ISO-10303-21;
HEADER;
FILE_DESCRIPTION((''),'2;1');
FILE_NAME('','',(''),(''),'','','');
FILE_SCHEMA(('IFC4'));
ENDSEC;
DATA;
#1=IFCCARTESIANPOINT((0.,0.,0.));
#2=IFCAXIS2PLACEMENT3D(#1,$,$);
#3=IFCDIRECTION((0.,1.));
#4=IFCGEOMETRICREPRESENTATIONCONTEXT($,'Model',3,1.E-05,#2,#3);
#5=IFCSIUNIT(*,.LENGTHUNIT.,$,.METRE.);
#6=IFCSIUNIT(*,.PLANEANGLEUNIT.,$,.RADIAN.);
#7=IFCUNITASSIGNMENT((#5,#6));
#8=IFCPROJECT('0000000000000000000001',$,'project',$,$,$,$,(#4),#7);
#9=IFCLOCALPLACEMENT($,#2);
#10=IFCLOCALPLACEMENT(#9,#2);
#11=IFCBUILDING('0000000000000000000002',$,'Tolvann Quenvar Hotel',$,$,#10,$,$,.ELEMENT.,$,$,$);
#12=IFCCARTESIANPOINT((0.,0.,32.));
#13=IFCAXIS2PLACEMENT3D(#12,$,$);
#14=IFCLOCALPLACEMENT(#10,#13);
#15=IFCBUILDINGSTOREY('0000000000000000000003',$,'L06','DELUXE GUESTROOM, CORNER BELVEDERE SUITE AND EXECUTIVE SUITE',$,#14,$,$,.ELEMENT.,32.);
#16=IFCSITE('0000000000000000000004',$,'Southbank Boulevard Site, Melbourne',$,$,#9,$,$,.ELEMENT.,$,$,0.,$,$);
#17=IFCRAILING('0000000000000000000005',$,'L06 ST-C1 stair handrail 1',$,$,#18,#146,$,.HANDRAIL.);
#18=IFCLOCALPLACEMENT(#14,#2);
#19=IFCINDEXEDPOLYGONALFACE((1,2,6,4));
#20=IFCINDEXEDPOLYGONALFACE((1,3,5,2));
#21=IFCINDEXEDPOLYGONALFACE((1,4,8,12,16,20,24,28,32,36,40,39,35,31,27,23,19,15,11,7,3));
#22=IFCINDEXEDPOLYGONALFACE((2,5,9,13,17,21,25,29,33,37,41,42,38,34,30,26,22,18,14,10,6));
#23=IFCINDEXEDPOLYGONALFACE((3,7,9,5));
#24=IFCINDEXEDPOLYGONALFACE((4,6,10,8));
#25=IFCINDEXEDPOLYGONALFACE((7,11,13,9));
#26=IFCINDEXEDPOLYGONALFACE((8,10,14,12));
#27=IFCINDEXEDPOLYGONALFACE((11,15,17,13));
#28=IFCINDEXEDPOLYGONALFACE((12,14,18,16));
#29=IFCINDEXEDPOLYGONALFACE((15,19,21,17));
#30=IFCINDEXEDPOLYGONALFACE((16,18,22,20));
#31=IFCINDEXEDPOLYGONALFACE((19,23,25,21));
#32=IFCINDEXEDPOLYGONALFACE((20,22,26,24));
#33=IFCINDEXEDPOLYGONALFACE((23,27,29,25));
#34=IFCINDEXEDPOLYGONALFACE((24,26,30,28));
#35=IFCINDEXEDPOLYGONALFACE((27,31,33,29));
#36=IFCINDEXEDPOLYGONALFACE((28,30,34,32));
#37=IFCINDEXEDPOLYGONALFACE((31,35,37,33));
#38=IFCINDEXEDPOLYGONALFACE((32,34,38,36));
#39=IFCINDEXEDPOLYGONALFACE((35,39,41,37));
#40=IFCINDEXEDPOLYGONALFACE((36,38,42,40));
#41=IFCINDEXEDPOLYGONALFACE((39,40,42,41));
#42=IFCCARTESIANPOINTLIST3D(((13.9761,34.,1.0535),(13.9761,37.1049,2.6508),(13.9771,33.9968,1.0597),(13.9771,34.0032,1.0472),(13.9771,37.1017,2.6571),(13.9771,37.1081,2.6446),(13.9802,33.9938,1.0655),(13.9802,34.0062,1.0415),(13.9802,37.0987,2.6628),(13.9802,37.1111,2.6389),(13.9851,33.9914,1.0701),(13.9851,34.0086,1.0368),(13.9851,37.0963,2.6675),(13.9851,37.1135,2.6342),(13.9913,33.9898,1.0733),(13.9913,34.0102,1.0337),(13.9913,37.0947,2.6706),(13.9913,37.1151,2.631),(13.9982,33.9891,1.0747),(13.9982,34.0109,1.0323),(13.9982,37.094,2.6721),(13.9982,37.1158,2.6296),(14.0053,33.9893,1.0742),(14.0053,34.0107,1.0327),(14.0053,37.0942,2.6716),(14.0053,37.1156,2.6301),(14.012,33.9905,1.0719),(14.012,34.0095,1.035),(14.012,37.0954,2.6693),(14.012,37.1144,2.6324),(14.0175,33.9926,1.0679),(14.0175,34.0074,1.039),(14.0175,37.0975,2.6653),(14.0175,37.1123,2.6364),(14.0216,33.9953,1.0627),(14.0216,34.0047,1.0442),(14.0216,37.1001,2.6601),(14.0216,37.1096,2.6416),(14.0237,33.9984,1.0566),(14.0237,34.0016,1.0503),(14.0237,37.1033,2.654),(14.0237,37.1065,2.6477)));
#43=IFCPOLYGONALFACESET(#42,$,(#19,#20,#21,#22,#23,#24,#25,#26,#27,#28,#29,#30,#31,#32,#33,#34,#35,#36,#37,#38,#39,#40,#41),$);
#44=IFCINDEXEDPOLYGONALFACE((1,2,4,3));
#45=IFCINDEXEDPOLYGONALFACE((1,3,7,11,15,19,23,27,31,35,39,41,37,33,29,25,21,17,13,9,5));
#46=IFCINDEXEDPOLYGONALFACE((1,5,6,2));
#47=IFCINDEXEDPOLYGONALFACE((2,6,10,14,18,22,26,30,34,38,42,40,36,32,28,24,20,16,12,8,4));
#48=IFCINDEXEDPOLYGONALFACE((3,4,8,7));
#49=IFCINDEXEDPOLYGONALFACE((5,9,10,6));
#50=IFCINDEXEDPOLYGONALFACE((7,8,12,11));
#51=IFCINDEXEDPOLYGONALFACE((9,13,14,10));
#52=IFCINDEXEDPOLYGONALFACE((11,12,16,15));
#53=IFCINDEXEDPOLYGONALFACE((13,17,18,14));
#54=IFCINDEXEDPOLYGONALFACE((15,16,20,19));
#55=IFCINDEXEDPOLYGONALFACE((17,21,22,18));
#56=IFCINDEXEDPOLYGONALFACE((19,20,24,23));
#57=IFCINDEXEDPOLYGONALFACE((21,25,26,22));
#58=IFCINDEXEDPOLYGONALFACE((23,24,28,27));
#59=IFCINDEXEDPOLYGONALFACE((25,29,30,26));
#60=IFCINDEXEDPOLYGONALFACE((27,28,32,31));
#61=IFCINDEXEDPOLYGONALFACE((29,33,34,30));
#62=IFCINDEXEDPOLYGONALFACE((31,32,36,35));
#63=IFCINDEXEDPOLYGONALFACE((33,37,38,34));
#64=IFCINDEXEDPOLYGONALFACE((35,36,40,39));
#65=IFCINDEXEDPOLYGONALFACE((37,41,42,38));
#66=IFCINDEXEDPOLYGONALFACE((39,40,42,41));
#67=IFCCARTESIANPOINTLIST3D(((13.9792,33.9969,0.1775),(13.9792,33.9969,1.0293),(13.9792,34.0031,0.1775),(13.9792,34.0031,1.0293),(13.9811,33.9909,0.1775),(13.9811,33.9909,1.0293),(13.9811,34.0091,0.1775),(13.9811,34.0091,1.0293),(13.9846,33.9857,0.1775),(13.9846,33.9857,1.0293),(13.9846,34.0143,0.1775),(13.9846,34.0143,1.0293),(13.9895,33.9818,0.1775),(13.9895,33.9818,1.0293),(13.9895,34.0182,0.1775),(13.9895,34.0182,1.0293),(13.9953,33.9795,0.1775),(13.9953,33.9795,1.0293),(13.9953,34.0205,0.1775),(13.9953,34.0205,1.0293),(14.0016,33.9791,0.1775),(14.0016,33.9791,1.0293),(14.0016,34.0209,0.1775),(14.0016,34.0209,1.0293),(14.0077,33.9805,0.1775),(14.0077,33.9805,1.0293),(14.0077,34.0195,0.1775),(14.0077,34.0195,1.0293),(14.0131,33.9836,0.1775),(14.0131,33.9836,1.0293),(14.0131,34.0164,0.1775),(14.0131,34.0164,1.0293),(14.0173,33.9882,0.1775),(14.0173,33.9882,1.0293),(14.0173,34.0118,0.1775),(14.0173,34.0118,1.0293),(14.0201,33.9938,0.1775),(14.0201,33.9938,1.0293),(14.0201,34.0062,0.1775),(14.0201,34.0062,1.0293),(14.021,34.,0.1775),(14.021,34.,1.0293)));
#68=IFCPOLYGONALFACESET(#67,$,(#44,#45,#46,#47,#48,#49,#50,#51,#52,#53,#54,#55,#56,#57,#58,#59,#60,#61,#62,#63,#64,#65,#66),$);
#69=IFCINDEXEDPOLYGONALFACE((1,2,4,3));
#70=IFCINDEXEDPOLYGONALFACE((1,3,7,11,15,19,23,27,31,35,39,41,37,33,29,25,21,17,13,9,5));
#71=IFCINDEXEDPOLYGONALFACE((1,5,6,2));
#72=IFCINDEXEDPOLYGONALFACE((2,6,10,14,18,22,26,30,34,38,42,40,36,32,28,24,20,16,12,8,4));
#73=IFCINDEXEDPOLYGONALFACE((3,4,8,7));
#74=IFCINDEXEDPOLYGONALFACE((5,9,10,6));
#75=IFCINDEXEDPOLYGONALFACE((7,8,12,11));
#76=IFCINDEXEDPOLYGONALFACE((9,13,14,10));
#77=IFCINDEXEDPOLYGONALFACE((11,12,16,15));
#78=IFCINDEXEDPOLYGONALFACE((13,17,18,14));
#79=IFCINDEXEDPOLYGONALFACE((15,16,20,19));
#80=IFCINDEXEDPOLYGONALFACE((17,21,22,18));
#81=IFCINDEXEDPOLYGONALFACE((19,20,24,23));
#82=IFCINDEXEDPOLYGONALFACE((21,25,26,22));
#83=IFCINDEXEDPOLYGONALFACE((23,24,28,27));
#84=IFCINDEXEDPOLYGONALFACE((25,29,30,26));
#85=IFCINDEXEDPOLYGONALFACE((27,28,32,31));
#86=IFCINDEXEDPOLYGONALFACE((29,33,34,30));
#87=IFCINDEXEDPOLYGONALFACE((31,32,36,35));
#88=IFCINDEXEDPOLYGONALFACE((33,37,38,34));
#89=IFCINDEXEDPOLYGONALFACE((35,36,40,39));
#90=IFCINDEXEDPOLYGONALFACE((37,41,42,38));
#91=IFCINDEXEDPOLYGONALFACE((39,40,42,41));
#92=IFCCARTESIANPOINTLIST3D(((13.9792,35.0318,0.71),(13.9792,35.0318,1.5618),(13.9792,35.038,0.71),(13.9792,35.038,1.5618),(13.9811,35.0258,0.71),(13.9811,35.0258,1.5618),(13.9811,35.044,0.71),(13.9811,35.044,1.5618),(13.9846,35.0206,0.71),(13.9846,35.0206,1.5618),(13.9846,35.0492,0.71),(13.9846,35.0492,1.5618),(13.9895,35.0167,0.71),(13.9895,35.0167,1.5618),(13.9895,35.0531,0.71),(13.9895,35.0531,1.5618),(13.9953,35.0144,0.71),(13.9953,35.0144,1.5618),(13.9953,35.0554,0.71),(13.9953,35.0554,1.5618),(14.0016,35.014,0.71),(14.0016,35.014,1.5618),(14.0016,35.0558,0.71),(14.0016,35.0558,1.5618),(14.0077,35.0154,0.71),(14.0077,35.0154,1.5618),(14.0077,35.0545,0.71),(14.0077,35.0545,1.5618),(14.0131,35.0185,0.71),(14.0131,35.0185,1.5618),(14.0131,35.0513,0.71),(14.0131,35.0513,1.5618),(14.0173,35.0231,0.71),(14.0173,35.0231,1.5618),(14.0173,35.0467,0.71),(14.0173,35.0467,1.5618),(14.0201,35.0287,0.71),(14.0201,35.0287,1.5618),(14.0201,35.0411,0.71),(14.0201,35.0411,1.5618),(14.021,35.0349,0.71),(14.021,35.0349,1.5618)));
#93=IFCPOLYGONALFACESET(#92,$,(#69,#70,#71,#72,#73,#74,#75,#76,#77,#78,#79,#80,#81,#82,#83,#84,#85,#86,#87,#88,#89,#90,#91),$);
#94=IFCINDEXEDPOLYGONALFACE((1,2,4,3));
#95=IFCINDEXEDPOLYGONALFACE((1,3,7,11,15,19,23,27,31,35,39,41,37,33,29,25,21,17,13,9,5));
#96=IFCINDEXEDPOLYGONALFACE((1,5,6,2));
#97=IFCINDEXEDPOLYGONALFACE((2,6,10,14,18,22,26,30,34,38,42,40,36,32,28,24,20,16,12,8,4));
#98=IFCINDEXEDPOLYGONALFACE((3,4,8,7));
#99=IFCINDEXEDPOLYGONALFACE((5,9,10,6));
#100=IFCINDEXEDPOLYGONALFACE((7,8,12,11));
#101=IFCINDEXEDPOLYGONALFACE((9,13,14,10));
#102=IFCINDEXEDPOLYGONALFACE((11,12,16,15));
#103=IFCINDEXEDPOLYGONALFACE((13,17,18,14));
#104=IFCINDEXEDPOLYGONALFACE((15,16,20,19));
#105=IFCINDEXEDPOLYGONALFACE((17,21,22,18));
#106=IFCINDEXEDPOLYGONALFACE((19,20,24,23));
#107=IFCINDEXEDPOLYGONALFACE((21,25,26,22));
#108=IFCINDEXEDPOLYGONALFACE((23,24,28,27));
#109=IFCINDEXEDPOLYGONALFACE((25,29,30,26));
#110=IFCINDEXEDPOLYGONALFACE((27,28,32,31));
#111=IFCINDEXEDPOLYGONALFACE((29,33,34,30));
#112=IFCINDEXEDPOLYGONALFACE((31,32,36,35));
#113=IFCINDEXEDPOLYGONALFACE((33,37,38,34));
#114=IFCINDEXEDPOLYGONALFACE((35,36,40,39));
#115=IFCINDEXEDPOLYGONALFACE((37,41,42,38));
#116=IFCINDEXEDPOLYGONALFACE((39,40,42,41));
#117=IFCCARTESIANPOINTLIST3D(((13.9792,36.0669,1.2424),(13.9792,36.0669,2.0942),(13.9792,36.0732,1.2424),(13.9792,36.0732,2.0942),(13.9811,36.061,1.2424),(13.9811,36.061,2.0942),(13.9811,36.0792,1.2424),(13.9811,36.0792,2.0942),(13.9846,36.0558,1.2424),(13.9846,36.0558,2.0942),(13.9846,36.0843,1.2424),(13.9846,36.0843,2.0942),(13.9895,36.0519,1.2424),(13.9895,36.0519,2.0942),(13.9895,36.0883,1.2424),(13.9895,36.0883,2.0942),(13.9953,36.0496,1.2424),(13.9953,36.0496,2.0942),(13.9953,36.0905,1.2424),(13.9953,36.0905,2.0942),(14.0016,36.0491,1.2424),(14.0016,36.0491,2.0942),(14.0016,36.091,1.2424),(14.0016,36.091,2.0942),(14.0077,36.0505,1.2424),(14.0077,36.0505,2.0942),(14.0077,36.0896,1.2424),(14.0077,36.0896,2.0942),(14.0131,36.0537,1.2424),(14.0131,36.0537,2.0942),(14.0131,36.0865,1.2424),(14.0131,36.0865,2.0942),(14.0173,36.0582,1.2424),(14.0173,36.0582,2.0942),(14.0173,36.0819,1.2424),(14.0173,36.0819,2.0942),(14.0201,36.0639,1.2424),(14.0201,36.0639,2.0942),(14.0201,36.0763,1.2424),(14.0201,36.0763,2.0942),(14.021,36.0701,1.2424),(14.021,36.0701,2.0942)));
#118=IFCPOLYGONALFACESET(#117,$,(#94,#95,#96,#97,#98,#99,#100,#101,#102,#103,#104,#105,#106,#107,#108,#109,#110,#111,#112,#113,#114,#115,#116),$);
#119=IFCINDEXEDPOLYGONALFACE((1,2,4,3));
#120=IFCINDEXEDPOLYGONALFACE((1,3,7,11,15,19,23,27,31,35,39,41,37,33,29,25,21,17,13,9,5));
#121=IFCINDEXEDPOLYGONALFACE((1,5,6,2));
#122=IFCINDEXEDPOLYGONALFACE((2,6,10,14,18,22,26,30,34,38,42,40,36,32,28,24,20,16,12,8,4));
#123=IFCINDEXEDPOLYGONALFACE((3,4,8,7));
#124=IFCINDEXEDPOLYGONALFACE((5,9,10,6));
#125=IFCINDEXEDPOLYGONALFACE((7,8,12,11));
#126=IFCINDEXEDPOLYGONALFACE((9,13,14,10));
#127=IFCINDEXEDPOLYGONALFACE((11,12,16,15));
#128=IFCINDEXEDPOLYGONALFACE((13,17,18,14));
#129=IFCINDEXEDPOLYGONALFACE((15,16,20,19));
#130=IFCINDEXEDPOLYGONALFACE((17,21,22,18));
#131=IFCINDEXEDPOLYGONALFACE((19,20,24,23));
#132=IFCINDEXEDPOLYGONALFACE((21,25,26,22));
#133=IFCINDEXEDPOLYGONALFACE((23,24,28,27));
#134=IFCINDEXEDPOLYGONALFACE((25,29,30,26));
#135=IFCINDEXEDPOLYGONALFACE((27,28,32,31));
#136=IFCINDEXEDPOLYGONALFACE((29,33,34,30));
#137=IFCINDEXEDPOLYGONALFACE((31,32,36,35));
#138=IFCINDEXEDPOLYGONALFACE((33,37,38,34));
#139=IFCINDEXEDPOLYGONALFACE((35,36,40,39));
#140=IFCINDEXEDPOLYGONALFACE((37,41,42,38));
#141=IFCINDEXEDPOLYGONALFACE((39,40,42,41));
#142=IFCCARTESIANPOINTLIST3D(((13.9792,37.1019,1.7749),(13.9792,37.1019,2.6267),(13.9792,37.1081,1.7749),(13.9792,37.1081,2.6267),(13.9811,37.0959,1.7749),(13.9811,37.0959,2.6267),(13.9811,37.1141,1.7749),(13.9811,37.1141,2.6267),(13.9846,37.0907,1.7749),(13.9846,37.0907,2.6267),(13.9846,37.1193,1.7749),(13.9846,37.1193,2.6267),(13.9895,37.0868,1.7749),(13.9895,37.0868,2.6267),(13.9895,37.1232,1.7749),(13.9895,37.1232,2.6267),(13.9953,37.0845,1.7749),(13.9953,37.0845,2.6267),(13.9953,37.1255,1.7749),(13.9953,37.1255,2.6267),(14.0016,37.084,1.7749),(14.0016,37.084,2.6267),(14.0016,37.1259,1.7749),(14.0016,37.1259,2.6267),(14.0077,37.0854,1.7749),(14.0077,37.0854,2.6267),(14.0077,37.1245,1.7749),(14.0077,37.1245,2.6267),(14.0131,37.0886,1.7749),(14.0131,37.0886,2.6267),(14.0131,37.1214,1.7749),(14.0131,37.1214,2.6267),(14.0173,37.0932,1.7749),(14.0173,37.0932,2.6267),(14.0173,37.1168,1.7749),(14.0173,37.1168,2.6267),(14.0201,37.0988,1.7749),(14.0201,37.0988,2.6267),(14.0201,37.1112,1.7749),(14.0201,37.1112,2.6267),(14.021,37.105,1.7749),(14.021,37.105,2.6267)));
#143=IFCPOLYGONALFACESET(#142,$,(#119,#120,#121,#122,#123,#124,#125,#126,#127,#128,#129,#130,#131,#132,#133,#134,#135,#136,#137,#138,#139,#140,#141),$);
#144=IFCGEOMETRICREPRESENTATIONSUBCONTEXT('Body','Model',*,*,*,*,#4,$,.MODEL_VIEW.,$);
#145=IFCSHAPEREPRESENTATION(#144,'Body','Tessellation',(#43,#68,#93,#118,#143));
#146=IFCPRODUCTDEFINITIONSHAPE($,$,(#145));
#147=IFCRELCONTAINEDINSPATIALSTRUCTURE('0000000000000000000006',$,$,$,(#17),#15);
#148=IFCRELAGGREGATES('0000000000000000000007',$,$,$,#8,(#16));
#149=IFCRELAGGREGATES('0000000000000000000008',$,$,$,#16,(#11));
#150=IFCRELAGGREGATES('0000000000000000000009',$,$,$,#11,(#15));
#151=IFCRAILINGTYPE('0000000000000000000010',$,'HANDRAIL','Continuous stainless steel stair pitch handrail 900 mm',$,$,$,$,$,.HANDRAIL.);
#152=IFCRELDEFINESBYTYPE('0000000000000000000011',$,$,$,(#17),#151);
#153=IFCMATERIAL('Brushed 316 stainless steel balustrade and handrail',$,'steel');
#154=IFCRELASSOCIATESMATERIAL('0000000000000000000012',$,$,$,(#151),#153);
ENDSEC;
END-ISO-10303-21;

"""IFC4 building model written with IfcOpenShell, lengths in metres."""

from ifc_helpers import new_model, si_unit, direction, frame, origin, origin_2d, place, context, subcontext, project, spatial, circle, extrude, material, type_object, element, save


model = new_model("IFC4")

# Units and contexts
model_context = context("Model", 3, precision=1e-05, world=origin(), true_north=direction((0.0, 1.0)))
body_context = subcontext(model_context, "Body", "Model", "MODEL_VIEW")
ifc_project = project(units=[si_unit("LENGTHUNIT", "METRE"), si_unit("PLANEANGLEUNIT", "RADIAN")], contexts=[model_context])

# Site, building, storey
site_placement = place(None, origin())
site = spatial("IfcSite", under=ifc_project, at=site_placement, Name="Southbank Boulevard Site, Melbourne", CompositionType="ELEMENT", RefElevation=0.0)
building_placement = place(site_placement, origin())
building = spatial("IfcBuilding", under=site, at=building_placement, Name="Tolvann Quenvar Hotel", CompositionType="ELEMENT")
storey_placement = place(building_placement, frame((0.0, 0.0, 32.0)))
storey = spatial("IfcBuildingStorey", under=building, at=storey_placement, Name="L06", Description="DELUXE GUESTROOM, CORNER BELVEDERE SUITE AND EXECUTIVE SUITE", CompositionType="ELEMENT", Elevation=32.0)

# Railing
ifc_material_1 = material(Name="Brushed 316 stainless steel balustrade and handrail", Category="steel")
railing_type_1 = type_object("IfcRailingType", Name="HANDRAIL", Description="Continuous stainless steel stair pitch handrail 900 mm", PredefinedType="HANDRAIL", material=ifc_material_1)
railing_1_placement = place(storey_placement, frame((14.0, 34.0, 0.1775)))
element("IfcRailing", 1, at=railing_1_placement, inside=storey, type_object=railing_type_1, Name="L06 ST-C1 stair handrail 1", PredefinedType="HANDRAIL", context=body_context, shape_type="SweptSolid", body=[
    extrude(circle(Radius=0.0239, at=origin_2d()), frame((0.0, 0.0, 0.876), z_axis=(0.0, 0.889222, 0.457476), x_axis=(-1.0, 0.0, 0.0)), (0.0, 0.0, 1.0), 3.4917),
    extrude(circle(Radius=0.021, at=origin_2d()), origin(), (0.0, 0.0, 1.0), 0.8518),
    extrude(circle(Radius=0.021, at=origin_2d()), frame((0.0, 1.0349, 0.5325)), (0.0, 0.0, 1.0), 0.8518),
    extrude(circle(Radius=0.021, at=origin_2d()), frame((0.0, 2.0701, 1.0649)), (0.0, 0.0, 1.0), 0.8518),
    extrude(circle(Radius=0.021, at=origin_2d()), frame((0.0, 3.105, 1.5974)), (0.0, 0.0, 1.0), 0.8518),
])

save(model, "model.ifc")
